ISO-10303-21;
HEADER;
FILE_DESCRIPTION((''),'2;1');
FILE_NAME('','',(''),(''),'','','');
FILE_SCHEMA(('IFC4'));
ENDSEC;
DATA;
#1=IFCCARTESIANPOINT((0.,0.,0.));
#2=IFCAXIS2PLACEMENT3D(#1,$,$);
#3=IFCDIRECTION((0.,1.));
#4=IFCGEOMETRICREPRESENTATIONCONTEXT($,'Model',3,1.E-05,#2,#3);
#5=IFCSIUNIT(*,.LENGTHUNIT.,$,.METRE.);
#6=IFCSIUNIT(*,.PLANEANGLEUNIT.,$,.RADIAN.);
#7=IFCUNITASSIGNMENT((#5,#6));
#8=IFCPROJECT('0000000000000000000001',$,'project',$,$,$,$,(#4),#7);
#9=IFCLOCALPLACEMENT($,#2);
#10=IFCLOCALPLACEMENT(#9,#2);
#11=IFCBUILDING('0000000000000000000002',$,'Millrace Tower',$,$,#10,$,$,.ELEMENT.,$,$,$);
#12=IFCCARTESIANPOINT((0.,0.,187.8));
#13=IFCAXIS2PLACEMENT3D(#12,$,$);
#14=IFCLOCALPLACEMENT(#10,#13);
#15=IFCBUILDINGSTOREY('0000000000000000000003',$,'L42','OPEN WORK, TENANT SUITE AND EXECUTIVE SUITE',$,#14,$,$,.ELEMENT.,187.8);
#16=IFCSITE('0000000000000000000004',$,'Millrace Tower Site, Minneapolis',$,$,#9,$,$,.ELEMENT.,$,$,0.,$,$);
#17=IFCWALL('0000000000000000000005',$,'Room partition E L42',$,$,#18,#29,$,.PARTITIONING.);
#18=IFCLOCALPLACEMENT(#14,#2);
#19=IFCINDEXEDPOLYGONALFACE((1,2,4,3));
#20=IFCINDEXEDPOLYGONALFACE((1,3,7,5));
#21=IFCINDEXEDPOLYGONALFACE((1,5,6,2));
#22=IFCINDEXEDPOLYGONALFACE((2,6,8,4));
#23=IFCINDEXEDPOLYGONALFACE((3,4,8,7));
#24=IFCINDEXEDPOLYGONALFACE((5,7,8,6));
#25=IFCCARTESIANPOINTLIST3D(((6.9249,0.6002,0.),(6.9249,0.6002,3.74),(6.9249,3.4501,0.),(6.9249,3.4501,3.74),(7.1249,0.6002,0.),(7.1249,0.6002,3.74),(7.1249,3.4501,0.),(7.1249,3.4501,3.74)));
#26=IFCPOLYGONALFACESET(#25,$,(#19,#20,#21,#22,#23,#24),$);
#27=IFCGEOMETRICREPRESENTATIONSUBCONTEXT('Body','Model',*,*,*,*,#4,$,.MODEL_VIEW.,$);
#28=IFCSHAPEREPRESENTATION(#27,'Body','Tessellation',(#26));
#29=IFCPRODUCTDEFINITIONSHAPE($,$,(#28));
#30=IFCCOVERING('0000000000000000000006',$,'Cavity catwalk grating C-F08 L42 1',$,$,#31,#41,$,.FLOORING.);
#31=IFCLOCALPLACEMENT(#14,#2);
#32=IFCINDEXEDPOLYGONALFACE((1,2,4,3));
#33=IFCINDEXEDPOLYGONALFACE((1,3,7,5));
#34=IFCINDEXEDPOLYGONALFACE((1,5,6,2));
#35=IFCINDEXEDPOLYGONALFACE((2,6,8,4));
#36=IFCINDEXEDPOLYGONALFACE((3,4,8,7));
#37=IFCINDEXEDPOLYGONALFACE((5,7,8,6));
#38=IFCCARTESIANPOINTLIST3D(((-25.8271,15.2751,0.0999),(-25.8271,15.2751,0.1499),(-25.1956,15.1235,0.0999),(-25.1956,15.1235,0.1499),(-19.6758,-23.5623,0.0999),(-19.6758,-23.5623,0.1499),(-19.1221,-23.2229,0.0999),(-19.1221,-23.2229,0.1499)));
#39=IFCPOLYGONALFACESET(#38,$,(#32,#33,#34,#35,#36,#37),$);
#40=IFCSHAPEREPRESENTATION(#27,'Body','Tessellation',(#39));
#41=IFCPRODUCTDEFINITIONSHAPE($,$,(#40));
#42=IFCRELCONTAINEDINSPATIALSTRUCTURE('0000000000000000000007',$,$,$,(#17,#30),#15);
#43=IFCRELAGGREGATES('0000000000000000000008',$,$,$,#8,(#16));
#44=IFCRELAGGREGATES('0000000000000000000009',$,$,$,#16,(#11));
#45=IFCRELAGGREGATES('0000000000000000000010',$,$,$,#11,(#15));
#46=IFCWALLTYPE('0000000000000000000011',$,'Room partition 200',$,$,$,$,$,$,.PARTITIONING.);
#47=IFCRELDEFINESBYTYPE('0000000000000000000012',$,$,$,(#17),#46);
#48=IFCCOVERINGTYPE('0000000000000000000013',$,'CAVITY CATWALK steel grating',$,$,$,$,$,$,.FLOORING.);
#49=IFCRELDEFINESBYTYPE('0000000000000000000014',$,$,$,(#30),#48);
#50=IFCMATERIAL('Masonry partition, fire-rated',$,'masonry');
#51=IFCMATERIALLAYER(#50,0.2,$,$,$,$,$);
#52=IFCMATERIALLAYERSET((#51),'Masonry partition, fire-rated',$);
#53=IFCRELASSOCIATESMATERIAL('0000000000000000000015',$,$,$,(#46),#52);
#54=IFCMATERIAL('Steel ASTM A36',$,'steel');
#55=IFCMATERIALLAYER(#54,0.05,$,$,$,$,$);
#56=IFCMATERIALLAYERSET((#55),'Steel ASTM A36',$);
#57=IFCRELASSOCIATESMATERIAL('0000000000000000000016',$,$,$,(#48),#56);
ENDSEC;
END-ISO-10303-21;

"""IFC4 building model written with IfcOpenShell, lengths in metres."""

from ifc_helpers import new_model, si_unit, direction, frame, frame_2d, origin, place, context, subcontext, project, spatial, polyline, rectangle, outline, extrude, material, layer, layer_set, type_object, element, save


model = new_model("IFC4")

# Units and contexts
model_context = context("Model", 3, precision=1e-05, world=origin(), true_north=direction((0.0, 1.0)))
body_context = subcontext(model_context, "Body", "Model", "MODEL_VIEW")
ifc_project = project(units=[si_unit("LENGTHUNIT", "METRE"), si_unit("PLANEANGLEUNIT", "RADIAN")], contexts=[model_context])

# Site, building, storey
site_placement = place(None, origin())
site = spatial("IfcSite", under=ifc_project, at=site_placement, Name="Millrace Tower Site, Minneapolis", CompositionType="ELEMENT", RefElevation=0.0)
building_placement = place(site_placement, origin())
building = spatial("IfcBuilding", under=site, at=building_placement, Name="Millrace Tower", CompositionType="ELEMENT")
storey_placement = place(building_placement, frame((0.0, 0.0, 187.8)))
storey = spatial("IfcBuildingStorey", under=building, at=storey_placement, Name="L42", Description="OPEN WORK, TENANT SUITE AND EXECUTIVE SUITE", CompositionType="ELEMENT", Elevation=187.8)

# Wall
ifc_material_1 = material(Name="Masonry partition, fire-rated", Category="masonry")
ifc_layer_1 = layer(ifc_material_1, 0.2)
ifc_layer_set_1 = layer_set([ifc_layer_1], Name="Masonry partition, fire-rated")
wall_type_1 = type_object("IfcWallType", Name="Room partition 200", PredefinedType="PARTITIONING", material=ifc_layer_set_1)
wall_1_placement = place(storey_placement, frame((7.0249, 3.45, 0.0), z_axis=(0.0, 0.0, 1.0), x_axis=(0.0, -1.0, 0.0)))
element("IfcWall", 1, at=wall_1_placement, inside=storey, type_object=wall_type_1, Name="Room partition E L42", PredefinedType="PARTITIONING", context=body_context, shape_type="SweptSolid", body=[
    extrude(rectangle(XDim=2.8499, YDim=0.2, at=frame_2d((1.4248, 0.0))), origin(), (0.0, 0.0, 1.0), 3.74),
])

# Covering
ifc_material_2 = material(Name="Steel ASTM A36", Category="steel")
ifc_layer_2 = layer(ifc_material_2, 0.05)
ifc_layer_set_2 = layer_set([ifc_layer_2], Name="Steel ASTM A36")
covering_type = type_object("IfcCoveringType", Name="CAVITY CATWALK steel grating", PredefinedType="FLOORING", material=ifc_layer_set_2)
covering_placement = place(storey_placement, frame((0.0, 0.0, 0.0999)))
element("IfcCovering", 2, at=covering_placement, inside=storey, type_object=covering_type, Name="Cavity catwalk grating C-F08 L42 1", PredefinedType="FLOORING", context=body_context, shape_type="SweptSolid", body=[
    extrude(outline(polyline([(-25.8271, 15.2751), (-19.6758, -23.5623), (-19.1221, -23.2229), (-25.1956, 15.1235), (-25.8271, 15.2751)])), origin(), (0.0, 0.0, 1.0), 0.05),
])

save(model, "model.ifc")
